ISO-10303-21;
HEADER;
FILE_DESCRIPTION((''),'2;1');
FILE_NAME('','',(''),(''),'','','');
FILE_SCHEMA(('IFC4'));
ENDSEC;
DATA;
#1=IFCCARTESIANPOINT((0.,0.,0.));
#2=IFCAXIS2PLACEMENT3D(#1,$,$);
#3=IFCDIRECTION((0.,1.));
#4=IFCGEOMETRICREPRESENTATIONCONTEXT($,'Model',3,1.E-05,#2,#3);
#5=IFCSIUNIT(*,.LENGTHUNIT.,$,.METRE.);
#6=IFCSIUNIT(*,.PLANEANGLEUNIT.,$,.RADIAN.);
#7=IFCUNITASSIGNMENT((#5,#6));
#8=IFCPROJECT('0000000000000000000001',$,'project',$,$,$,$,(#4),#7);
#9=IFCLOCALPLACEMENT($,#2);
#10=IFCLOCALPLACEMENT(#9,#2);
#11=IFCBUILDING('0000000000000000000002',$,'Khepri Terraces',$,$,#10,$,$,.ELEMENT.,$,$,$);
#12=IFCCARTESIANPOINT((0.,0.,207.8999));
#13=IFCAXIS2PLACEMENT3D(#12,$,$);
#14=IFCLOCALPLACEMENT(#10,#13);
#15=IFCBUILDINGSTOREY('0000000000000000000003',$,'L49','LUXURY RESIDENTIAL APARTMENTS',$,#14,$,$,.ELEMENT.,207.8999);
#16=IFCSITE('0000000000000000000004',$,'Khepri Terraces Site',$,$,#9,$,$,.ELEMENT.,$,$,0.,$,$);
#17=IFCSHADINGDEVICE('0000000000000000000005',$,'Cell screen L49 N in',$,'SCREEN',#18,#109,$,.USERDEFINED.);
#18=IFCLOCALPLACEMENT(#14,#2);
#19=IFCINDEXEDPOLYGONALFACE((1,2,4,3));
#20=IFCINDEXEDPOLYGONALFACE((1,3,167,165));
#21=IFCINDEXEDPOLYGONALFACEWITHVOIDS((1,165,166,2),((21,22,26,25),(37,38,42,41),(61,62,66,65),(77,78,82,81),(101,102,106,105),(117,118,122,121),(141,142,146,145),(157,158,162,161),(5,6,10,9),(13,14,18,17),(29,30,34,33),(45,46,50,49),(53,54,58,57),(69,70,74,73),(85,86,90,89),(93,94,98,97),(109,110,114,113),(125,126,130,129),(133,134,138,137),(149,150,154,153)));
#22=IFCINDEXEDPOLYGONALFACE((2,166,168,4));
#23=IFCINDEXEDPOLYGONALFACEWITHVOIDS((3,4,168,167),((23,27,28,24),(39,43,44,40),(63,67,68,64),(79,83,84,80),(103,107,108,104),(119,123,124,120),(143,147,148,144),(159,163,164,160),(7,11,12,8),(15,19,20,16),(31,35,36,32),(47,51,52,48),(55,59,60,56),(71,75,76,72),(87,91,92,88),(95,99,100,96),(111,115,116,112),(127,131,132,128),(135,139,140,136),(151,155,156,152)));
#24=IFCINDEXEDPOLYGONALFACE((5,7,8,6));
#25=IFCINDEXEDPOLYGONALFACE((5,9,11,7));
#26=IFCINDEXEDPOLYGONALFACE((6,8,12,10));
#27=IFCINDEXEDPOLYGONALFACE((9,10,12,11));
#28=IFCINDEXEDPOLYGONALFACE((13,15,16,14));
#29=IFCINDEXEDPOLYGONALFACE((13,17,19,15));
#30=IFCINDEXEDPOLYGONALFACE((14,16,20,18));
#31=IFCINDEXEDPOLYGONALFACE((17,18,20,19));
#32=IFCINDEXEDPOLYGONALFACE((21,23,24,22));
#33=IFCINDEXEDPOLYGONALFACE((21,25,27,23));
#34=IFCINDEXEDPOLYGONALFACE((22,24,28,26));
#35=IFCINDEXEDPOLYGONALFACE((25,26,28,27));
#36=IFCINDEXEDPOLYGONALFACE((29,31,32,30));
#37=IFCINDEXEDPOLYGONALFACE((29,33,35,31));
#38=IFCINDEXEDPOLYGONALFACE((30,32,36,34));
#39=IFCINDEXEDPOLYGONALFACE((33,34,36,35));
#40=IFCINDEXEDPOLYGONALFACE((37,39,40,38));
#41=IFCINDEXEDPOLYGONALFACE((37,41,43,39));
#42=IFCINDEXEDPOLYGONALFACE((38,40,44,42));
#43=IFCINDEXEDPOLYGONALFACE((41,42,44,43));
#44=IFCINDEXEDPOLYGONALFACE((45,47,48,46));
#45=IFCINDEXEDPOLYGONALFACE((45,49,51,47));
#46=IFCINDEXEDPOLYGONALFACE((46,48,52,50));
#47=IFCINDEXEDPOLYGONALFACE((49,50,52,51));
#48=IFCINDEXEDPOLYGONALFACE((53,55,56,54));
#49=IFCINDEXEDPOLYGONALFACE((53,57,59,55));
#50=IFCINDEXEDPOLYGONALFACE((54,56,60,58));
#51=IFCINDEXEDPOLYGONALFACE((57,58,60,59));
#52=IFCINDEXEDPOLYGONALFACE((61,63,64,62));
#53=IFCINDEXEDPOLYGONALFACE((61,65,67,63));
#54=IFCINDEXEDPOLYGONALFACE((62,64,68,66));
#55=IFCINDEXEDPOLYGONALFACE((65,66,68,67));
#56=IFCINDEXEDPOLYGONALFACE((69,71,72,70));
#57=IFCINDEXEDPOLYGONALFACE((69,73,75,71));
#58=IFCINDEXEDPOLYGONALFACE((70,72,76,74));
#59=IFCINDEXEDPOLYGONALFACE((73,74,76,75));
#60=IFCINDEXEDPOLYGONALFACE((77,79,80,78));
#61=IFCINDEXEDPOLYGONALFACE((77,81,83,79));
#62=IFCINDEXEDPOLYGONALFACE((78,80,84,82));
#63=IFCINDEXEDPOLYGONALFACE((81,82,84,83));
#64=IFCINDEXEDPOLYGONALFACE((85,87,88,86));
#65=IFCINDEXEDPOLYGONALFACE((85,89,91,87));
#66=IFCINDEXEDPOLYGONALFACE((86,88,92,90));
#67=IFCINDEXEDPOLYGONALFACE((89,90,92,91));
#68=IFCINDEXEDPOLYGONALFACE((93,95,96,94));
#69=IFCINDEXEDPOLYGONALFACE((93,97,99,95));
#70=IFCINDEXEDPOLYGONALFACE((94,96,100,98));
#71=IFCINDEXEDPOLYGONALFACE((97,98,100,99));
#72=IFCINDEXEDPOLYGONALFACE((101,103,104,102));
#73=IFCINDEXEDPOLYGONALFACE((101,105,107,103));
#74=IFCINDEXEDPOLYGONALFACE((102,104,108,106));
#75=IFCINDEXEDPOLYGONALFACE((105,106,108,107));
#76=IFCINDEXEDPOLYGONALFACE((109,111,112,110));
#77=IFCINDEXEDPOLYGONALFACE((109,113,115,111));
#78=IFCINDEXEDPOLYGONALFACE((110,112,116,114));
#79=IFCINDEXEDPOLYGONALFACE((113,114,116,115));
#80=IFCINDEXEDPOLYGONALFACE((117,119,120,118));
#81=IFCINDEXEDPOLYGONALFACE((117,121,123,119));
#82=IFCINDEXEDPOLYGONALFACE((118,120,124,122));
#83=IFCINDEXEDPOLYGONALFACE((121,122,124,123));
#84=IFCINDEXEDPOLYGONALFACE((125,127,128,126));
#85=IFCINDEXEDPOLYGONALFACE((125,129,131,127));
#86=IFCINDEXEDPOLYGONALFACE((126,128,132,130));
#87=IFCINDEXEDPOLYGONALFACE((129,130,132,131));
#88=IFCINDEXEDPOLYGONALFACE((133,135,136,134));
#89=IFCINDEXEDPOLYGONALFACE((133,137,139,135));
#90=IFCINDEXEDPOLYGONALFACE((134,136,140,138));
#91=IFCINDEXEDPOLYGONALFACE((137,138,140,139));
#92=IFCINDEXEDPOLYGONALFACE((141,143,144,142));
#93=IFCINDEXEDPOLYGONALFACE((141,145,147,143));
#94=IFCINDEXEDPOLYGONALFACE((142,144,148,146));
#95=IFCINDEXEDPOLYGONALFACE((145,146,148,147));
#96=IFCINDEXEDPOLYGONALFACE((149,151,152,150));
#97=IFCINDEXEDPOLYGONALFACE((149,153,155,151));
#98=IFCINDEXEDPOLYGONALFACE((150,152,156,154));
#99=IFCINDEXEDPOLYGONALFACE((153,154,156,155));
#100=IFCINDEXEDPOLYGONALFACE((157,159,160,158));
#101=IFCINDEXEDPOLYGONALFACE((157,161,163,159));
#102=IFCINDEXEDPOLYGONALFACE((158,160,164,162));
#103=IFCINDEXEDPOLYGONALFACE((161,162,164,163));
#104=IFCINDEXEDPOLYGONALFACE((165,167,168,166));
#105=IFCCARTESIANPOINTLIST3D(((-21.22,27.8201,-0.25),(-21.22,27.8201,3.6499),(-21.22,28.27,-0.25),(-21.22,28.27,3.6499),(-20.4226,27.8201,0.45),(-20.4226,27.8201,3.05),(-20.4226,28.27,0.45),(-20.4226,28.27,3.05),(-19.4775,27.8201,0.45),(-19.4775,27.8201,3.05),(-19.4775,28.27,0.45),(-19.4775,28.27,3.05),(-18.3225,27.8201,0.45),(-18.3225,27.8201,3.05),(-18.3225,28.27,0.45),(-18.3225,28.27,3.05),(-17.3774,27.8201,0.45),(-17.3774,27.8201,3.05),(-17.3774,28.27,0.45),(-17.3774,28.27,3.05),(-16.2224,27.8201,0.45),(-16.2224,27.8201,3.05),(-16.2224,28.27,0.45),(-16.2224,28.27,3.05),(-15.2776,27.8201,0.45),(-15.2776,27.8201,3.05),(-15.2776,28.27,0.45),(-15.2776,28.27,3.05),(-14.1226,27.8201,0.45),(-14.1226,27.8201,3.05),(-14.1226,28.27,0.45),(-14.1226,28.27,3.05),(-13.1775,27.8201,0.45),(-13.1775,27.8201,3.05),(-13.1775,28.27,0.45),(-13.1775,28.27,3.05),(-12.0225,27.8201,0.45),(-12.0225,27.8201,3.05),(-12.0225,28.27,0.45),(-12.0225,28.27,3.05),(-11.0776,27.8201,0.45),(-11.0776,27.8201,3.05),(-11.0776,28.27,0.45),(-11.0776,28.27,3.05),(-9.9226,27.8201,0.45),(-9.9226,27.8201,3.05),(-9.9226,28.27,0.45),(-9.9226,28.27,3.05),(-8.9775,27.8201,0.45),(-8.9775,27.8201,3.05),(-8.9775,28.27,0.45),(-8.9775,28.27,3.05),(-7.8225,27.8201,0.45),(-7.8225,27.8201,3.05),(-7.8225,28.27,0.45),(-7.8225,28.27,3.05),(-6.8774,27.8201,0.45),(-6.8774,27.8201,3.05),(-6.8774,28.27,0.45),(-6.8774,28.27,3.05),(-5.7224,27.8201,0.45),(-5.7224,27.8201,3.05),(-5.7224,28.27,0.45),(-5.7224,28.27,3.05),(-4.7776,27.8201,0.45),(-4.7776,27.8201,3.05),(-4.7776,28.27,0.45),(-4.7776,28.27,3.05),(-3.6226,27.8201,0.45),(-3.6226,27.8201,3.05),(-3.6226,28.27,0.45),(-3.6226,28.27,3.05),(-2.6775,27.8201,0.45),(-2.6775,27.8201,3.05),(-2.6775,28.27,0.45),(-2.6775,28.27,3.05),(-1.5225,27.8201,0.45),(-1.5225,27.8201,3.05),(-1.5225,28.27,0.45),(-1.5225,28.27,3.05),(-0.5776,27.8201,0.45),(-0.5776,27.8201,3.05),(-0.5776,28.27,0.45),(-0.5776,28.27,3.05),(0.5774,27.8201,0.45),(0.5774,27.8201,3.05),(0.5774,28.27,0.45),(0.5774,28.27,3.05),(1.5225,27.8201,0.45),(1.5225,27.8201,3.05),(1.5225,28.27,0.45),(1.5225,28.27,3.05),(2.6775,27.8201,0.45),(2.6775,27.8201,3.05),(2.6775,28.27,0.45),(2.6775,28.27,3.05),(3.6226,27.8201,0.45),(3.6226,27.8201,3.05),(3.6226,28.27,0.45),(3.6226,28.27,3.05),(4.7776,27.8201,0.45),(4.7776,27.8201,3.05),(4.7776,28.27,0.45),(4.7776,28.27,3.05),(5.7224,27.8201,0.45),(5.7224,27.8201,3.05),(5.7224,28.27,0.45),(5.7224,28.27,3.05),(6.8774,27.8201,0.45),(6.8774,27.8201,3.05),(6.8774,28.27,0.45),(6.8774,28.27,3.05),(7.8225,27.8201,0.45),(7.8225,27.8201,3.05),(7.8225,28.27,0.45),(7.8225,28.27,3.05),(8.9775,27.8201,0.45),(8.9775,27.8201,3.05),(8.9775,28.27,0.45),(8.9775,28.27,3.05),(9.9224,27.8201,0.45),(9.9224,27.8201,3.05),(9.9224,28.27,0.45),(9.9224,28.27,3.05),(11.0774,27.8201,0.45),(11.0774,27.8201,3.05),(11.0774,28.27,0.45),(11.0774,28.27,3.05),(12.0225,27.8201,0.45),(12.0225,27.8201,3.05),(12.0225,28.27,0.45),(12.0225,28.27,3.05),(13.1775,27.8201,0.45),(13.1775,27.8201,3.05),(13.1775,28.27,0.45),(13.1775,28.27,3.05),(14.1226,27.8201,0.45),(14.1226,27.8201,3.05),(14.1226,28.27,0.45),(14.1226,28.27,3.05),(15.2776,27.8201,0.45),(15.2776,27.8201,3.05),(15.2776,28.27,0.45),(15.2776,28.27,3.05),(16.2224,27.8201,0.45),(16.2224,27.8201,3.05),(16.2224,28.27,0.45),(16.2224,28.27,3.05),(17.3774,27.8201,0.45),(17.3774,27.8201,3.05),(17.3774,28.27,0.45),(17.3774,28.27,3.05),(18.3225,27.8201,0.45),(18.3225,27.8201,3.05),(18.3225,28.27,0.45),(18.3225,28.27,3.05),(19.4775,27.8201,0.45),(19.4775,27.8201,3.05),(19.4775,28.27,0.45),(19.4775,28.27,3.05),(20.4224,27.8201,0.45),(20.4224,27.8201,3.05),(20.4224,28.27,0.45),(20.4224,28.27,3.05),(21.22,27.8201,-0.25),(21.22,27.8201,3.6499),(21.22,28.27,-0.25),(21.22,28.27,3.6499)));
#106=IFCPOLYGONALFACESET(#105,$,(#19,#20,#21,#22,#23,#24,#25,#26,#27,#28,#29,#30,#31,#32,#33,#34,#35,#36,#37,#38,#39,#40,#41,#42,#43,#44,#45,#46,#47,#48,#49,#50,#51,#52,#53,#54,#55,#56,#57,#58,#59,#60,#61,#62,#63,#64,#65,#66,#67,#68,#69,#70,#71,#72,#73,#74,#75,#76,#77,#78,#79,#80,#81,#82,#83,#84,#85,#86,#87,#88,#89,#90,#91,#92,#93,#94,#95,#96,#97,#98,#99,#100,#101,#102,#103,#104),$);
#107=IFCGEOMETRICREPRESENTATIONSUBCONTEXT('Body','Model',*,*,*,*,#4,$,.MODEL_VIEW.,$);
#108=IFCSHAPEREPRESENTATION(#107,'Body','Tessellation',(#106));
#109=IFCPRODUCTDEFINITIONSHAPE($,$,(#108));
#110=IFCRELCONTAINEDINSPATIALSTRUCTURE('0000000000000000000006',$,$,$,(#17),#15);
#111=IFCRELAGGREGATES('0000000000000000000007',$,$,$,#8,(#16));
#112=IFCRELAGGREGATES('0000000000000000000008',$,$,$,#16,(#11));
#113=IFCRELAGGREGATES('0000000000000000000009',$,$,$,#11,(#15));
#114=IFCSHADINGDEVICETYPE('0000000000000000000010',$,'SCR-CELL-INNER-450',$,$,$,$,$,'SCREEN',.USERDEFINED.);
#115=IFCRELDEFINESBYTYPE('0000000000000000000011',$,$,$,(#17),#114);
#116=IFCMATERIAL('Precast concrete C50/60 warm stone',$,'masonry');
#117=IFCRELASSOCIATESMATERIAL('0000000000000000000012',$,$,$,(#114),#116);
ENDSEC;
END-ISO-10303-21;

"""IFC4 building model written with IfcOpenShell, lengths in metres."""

from ifc_helpers import new_model, si_unit, direction, frame, origin, place, context, subcontext, project, spatial, polyline, outline, extrude, material, type_object, element, save


model = new_model("IFC4")

# Units and contexts
model_context = context("Model", 3, precision=1e-05, world=origin(), true_north=direction((0.0, 1.0)))
body_context = subcontext(model_context, "Body", "Model", "MODEL_VIEW")
ifc_project = project(units=[si_unit("LENGTHUNIT", "METRE"), si_unit("PLANEANGLEUNIT", "RADIAN")], contexts=[model_context])

# Site, building, storey
site_placement = place(None, origin())
site = spatial("IfcSite", under=ifc_project, at=site_placement, Name="Khepri Terraces Site", CompositionType="ELEMENT", RefElevation=0.0)
building_placement = place(site_placement, origin())
building = spatial("IfcBuilding", under=site, at=building_placement, Name="Khepri Terraces", CompositionType="ELEMENT")
storey_placement = place(building_placement, frame((0.0, 0.0, 207.8999)))
storey = spatial("IfcBuildingStorey", under=building, at=storey_placement, Name="L49", Description="LUXURY RESIDENTIAL APARTMENTS", CompositionType="ELEMENT", Elevation=207.8999)

# Shared definitions
ifc_material_1 = material(Name="Precast concrete C50/60 warm stone", Category="masonry")

# Shading device
shading_device_type_1 = type_object("IfcShadingDeviceType", Name="SCR-CELL-INNER-450", ElementType="SCREEN", PredefinedType="USERDEFINED", material=ifc_material_1)
shading_device_1_placement = place(storey_placement, frame((21.22, 27.8201, -0.25), z_axis=(0.0, 1.0, 0.0), x_axis=(-1.0, 0.0, 0.0)))
element("IfcShadingDevice", 1, at=shading_device_1_placement, inside=storey, type_object=shading_device_type_1, Name="Cell screen L49 N in", ObjectType="SCREEN", PredefinedType="USERDEFINED", context=body_context, shape_type="SweptSolid", body=[
    extrude(outline(polyline([(0.0, 0.0), (42.4399, 0.0), (42.4399, 3.8999), (0.0, 3.8999), (0.0, 0.0)]), holes=[polyline([(0.7976, 0.7), (1.7424, 0.7), (1.7424, 3.3), (0.7976, 3.3), (0.7976, 0.7)]), polyline([(2.8975, 0.7), (3.8425, 0.7), (3.8425, 3.3), (2.8975, 3.3), (2.8975, 0.7)]), polyline([(4.9976, 0.7), (5.9424, 0.7), (5.9424, 3.3), (4.9976, 3.3), (4.9976, 0.7)]), polyline([(7.0974, 0.7), (8.0425, 0.7), (8.0425, 3.3), (7.0974, 3.3), (7.0974, 0.7)]), polyline([(9.1975, 0.7), (10.1426, 0.7), (10.1426, 3.3), (9.1975, 3.3), (9.1975, 0.7)]), polyline([(11.2976, 0.7), (12.2424, 0.7), (12.2424, 3.3), (11.2976, 3.3), (11.2976, 0.7)]), polyline([(13.3975, 0.7), (14.3425, 0.7), (14.3425, 3.3), (13.3975, 3.3), (13.3975, 0.7)]), polyline([(15.4976, 0.7), (16.4424, 0.7), (16.4424, 3.3), (15.4976, 3.3), (15.4976, 0.7)]), polyline([(17.5974, 0.7), (18.5425, 0.7), (18.5425, 3.3), (17.5974, 3.3), (17.5974, 0.7)]), polyline([(19.6975, 0.7), (20.6426, 0.7), (20.6426, 3.3), (19.6975, 3.3), (19.6975, 0.7)]), polyline([(21.7976, 0.7), (22.7424, 0.7), (22.7424, 3.3), (21.7976, 3.3), (21.7976, 0.7)]), polyline([(23.8975, 0.7), (24.8425, 0.7), (24.8425, 3.3), (23.8975, 3.3), (23.8975, 0.7)]), polyline([(25.9976, 0.7), (26.9424, 0.7), (26.9424, 3.3), (25.9976, 3.3), (25.9976, 0.7)]), polyline([(28.0974, 0.7), (29.0425, 0.7), (29.0425, 3.3), (28.0974, 3.3), (28.0974, 0.7)]), polyline([(30.1975, 0.7), (31.1426, 0.7), (31.1426, 3.3), (30.1975, 3.3), (30.1975, 0.7)]), polyline([(32.2976, 0.7), (33.2424, 0.7), (33.2424, 3.3), (32.2976, 3.3), (32.2976, 0.7)]), polyline([(34.3975, 0.7), (35.3425, 0.7), (35.3425, 3.3), (34.3975, 3.3), (34.3975, 0.7)]), polyline([(36.4976, 0.7), (37.4424, 0.7), (37.4424, 3.3), (36.4976, 3.3), (36.4976, 0.7)]), polyline([(38.5974, 0.7), (39.5425, 0.7), (39.5425, 3.3), (38.5974, 3.3), (38.5974, 0.7)]), polyline([(40.6975, 0.7), (41.6426, 0.7), (41.6426, 3.3), (40.6975, 3.3), (40.6975, 0.7)])]), origin(), (0.0, 0.0, 1.0), 0.45),
])

save(model, "model.ifc")
